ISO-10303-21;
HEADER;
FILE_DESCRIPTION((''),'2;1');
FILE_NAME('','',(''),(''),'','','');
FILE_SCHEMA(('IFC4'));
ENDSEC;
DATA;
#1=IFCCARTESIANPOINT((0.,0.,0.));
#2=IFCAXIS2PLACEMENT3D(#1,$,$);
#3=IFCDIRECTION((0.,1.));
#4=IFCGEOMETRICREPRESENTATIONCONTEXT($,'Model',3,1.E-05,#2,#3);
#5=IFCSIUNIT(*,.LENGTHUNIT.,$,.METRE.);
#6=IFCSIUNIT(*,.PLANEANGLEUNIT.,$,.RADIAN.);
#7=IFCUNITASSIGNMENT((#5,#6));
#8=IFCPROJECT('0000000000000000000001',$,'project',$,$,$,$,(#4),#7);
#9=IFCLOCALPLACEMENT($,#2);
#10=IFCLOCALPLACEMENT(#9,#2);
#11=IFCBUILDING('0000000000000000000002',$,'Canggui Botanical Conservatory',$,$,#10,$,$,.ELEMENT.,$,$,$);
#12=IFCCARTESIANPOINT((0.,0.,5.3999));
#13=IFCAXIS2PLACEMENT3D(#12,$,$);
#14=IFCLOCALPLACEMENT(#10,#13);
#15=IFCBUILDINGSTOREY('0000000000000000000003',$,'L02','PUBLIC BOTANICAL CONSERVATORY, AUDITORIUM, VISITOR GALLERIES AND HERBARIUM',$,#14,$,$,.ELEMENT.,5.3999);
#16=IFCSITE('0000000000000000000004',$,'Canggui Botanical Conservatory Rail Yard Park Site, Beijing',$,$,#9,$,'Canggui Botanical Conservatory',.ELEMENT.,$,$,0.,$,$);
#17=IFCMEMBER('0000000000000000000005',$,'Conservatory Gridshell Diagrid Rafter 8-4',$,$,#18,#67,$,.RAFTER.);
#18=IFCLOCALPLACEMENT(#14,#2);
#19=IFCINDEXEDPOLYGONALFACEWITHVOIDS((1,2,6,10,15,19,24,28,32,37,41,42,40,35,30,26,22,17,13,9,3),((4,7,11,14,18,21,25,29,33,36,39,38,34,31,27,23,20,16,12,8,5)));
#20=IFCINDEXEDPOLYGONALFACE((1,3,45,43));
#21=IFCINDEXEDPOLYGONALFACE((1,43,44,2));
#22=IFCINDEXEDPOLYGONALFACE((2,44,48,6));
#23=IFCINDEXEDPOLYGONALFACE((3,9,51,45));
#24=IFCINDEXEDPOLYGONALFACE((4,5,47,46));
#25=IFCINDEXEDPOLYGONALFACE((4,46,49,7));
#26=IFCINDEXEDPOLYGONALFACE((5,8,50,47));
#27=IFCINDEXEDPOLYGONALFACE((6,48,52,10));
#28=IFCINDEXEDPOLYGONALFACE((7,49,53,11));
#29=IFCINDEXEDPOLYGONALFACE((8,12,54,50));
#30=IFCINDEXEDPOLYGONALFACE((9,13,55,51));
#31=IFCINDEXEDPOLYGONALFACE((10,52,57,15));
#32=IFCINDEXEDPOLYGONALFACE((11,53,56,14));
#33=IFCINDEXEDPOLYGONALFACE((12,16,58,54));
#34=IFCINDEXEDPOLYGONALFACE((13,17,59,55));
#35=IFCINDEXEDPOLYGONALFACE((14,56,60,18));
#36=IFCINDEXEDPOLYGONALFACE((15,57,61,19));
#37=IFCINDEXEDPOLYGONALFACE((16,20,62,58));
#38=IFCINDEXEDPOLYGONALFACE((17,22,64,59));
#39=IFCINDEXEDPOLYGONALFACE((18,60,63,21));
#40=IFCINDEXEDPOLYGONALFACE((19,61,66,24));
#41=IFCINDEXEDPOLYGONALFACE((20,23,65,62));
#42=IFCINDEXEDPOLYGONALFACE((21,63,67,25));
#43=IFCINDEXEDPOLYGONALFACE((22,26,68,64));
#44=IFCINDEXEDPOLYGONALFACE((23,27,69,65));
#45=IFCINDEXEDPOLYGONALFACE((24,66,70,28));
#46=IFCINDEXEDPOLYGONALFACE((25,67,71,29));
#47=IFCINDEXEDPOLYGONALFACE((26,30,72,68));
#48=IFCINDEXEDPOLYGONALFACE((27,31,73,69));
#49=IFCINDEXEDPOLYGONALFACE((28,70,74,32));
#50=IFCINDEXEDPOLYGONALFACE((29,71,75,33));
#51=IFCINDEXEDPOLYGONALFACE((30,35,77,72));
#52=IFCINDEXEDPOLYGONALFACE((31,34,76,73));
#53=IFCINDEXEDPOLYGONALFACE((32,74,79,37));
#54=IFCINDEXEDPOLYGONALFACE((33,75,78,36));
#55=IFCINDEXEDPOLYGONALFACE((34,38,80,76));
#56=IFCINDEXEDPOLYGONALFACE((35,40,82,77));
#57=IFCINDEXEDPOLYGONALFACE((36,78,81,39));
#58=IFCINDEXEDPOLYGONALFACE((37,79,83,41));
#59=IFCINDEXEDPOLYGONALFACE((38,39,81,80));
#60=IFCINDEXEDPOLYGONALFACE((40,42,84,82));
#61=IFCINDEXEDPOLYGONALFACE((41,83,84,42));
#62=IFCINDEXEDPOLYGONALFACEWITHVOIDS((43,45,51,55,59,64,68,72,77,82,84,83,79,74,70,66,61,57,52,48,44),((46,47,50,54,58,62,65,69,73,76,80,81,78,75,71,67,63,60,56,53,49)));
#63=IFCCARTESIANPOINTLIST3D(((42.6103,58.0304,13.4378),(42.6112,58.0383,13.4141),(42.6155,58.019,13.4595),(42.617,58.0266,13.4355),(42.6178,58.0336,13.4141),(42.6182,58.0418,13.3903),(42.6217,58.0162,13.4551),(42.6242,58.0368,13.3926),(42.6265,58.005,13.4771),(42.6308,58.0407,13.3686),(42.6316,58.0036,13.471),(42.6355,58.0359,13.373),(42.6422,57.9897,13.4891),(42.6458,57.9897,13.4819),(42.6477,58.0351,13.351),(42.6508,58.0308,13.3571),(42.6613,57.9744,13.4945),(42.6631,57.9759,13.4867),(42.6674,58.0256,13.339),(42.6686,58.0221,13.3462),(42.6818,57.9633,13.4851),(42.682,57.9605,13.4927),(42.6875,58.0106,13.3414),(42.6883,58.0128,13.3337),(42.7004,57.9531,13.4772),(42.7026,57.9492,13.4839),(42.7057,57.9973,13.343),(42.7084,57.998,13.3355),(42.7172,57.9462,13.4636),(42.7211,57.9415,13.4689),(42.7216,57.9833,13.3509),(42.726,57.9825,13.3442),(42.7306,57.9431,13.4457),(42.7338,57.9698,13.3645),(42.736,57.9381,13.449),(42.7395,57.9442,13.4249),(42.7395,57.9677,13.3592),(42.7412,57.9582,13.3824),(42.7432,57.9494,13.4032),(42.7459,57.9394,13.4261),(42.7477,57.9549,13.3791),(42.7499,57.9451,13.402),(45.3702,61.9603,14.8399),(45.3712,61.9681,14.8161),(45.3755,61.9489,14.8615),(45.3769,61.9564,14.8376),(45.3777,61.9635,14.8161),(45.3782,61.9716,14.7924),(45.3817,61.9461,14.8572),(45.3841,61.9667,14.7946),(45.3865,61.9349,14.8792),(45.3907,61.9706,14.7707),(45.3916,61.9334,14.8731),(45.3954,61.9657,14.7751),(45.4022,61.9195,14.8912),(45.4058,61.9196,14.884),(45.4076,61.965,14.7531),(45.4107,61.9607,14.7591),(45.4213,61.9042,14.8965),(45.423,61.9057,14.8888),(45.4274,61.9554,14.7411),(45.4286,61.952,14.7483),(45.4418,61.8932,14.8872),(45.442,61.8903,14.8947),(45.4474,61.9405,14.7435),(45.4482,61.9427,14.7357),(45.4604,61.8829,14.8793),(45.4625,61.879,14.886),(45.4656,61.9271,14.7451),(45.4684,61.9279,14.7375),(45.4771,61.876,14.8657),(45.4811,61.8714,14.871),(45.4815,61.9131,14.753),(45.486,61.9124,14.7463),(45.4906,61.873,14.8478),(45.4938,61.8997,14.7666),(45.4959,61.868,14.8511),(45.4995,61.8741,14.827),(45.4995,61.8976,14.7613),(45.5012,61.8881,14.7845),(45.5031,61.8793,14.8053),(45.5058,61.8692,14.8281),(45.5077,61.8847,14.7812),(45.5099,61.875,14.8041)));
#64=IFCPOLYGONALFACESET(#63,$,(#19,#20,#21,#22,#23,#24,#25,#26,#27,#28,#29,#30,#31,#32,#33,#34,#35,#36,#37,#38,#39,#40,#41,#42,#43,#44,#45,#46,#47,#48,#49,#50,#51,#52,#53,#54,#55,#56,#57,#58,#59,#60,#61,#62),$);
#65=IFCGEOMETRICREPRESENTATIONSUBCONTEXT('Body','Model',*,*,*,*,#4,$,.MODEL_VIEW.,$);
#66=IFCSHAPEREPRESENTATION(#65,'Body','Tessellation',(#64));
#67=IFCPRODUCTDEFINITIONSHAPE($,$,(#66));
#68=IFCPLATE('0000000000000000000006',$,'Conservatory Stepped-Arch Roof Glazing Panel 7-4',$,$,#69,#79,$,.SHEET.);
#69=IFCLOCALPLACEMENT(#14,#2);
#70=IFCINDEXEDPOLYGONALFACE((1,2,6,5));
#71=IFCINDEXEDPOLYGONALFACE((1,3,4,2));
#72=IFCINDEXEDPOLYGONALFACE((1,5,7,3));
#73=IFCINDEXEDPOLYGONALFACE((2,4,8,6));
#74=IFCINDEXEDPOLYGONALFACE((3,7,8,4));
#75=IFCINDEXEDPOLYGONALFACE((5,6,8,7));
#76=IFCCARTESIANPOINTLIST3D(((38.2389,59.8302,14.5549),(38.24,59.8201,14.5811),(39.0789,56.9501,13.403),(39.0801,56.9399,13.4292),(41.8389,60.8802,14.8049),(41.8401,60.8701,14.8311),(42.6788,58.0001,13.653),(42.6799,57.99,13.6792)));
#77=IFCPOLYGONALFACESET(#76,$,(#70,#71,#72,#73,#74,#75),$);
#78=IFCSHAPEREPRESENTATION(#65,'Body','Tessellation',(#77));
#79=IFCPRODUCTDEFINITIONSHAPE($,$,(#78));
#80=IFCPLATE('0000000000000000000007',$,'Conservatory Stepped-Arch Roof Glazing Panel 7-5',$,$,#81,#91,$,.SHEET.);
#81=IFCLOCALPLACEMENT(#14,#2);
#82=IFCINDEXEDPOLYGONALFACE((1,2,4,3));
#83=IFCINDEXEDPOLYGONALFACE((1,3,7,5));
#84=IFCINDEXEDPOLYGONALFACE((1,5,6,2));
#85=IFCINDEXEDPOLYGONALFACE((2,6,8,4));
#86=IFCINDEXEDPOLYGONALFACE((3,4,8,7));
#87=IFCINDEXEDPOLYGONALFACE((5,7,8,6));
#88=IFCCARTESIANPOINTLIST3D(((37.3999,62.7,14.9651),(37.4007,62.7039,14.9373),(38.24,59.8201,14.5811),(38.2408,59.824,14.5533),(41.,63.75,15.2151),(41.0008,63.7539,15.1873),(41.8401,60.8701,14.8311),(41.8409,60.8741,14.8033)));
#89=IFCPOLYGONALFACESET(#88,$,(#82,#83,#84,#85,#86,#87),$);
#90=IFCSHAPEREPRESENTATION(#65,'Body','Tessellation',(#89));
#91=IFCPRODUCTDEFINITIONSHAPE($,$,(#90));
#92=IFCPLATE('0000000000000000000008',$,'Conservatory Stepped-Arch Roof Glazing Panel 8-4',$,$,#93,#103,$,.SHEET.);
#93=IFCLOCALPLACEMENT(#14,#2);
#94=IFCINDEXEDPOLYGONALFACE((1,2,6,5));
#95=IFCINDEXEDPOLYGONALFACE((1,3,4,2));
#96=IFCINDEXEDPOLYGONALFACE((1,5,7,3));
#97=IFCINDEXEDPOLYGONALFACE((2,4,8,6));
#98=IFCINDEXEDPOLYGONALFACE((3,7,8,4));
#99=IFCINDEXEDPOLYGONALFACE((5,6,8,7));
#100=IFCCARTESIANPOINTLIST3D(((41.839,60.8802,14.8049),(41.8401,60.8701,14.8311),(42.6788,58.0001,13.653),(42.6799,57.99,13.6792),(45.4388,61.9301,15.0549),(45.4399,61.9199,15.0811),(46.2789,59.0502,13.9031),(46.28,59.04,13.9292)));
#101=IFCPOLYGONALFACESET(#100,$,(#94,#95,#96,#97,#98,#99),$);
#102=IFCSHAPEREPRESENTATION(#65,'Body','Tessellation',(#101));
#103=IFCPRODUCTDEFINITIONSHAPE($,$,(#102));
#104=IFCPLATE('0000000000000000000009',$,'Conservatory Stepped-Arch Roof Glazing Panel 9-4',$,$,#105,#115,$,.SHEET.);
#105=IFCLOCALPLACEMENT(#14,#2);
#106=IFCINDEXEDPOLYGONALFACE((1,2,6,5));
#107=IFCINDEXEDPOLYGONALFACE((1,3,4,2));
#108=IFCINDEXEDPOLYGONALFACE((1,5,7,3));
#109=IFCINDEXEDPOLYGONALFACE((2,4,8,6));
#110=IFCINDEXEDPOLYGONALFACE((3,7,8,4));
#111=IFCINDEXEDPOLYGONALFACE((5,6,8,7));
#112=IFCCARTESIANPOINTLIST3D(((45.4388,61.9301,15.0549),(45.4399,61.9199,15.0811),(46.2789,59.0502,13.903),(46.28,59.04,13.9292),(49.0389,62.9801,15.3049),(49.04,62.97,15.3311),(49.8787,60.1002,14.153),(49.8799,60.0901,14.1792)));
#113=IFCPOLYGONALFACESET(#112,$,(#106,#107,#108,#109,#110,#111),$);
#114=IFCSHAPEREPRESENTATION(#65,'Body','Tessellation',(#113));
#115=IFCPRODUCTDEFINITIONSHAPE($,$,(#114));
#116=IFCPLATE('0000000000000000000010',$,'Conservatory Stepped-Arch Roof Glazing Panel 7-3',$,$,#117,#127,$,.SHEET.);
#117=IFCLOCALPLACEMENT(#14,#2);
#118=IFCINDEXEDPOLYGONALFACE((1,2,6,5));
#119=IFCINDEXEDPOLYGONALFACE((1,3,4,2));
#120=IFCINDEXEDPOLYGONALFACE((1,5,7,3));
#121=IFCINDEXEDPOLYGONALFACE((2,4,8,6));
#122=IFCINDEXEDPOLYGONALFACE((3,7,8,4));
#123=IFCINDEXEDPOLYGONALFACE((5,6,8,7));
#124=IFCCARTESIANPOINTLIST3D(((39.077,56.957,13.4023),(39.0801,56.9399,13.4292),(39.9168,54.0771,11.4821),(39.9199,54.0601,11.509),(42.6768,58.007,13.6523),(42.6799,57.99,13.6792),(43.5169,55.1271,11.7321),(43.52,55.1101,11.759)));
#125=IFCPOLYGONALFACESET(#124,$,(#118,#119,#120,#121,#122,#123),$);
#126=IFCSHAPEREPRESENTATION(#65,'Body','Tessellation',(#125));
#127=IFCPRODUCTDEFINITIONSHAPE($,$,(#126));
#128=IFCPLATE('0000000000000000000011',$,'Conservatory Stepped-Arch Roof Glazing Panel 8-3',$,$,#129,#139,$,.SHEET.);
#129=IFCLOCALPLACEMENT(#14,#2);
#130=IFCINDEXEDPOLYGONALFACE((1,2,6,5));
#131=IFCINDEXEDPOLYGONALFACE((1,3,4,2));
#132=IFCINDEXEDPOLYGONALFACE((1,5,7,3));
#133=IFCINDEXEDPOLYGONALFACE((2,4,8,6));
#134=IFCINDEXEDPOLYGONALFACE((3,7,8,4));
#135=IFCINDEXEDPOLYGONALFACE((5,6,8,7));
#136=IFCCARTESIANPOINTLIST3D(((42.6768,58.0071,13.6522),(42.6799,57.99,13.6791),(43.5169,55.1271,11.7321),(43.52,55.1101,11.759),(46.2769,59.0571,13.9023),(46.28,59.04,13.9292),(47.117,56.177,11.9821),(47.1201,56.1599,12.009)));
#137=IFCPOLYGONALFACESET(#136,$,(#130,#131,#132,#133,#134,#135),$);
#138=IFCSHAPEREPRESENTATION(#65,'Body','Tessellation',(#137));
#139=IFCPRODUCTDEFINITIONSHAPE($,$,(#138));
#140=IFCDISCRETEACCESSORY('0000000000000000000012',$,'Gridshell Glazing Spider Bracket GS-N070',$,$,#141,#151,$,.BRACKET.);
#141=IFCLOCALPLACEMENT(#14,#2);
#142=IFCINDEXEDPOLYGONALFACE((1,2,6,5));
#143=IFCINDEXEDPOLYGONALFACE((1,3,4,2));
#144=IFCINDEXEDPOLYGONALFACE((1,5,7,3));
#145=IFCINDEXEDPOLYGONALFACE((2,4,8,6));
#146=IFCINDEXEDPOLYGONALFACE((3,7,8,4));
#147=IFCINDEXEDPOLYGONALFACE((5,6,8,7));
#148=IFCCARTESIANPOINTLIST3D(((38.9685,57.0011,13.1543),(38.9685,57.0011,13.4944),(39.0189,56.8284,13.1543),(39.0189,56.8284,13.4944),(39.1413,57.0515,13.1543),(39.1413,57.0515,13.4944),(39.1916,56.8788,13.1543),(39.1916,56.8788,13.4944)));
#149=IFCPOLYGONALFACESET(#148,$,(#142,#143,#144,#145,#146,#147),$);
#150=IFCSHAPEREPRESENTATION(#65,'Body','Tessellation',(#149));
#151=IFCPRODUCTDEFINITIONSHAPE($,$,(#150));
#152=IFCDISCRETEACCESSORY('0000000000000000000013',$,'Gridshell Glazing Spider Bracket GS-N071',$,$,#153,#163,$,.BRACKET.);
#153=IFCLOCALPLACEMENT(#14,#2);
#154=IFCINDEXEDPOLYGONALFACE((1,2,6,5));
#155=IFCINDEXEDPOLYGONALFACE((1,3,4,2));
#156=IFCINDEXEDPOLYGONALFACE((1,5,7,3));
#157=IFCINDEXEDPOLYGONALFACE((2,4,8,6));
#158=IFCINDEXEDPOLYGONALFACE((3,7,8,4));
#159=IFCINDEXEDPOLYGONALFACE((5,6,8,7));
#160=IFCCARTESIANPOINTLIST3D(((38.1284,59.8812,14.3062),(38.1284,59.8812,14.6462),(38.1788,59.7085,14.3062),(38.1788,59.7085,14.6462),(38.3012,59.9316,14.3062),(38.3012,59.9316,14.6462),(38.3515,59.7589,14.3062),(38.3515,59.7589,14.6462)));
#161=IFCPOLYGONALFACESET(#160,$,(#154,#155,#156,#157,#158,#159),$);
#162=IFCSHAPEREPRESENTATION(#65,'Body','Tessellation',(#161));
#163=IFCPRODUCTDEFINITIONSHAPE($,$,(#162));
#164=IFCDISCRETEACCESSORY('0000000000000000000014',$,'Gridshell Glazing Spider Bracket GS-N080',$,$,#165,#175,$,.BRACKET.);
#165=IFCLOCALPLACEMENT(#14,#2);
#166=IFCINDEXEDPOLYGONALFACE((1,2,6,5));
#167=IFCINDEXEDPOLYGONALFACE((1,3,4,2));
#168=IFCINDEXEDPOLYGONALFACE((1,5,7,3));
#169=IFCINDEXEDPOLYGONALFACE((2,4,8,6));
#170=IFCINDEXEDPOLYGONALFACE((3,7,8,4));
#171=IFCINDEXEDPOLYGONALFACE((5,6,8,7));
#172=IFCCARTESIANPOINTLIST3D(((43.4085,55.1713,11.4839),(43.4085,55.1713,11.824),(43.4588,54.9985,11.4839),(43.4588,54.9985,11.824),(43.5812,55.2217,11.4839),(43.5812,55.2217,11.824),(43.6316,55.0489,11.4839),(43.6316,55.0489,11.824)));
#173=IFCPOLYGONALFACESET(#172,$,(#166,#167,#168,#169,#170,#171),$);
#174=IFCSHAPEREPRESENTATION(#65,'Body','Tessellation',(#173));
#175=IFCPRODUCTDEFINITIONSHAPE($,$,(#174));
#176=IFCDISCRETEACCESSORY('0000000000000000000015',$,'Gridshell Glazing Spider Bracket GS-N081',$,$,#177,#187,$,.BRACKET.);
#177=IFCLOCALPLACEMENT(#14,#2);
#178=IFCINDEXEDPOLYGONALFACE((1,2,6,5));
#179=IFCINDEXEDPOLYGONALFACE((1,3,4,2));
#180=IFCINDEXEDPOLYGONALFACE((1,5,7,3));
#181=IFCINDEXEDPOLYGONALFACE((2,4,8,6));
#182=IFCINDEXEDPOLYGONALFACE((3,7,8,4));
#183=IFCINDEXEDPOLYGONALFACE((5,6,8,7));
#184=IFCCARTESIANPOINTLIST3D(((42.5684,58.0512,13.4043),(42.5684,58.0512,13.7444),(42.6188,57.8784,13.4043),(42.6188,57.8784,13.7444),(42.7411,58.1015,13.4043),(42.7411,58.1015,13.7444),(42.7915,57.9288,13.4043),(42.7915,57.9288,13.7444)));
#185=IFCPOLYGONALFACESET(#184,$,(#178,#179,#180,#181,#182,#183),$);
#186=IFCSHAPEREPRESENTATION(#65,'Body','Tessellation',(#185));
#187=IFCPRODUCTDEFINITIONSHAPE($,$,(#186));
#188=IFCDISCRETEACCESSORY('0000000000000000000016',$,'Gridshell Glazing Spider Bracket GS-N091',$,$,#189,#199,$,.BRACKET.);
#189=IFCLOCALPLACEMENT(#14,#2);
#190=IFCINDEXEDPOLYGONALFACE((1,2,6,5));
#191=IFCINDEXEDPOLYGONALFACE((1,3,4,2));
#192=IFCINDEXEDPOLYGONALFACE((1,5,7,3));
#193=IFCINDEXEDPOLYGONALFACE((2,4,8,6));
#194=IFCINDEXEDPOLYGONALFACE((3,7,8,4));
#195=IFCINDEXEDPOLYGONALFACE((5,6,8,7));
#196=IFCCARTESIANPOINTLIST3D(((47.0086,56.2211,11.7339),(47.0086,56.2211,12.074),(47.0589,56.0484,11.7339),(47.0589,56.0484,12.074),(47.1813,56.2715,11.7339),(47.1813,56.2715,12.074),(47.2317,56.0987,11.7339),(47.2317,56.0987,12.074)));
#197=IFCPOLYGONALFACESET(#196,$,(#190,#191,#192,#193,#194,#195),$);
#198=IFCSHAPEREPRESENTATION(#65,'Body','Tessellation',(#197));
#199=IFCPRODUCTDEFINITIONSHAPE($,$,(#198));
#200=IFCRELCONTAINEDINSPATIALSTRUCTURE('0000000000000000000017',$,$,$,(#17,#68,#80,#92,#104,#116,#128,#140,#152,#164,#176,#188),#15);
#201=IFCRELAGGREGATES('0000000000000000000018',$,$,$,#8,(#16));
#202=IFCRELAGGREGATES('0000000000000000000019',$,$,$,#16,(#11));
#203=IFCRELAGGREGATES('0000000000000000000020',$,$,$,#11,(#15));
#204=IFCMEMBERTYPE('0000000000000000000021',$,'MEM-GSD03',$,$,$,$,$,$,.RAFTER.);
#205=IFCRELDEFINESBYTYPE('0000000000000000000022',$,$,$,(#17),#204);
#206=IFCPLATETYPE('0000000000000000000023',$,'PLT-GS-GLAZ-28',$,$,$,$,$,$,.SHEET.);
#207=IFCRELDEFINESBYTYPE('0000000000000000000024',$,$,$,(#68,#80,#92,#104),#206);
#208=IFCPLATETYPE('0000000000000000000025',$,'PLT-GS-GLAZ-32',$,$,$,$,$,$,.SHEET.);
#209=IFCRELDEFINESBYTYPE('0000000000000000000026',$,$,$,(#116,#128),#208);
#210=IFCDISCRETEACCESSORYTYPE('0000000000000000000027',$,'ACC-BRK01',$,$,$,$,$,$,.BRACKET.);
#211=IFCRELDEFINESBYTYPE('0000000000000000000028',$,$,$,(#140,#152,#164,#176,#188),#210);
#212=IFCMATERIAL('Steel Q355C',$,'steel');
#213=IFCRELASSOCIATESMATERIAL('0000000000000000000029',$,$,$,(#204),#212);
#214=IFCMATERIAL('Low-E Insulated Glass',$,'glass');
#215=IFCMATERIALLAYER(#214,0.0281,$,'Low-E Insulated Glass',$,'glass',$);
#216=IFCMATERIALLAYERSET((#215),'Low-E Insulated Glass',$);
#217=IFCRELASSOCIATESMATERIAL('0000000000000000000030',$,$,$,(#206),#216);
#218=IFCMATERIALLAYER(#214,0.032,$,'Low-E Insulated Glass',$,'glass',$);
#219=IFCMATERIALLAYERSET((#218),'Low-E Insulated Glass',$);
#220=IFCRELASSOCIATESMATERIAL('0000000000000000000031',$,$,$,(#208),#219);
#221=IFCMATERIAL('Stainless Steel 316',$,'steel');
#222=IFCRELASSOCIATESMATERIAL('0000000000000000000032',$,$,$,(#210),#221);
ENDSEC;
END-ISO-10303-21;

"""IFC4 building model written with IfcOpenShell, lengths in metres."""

from ifc_helpers import new_model, si_unit, direction, frame, origin, origin_2d, place, context, subcontext, project, spatial, polyline, rectangle, hollow_circle, outline, extrude, material, layer, layer_set, material_profile, profile_set, type_object, element, save


model = new_model("IFC4")

# Units and contexts
model_context = context("Model", 3, precision=1e-05, world=origin(), true_north=direction((0.0, 1.0)))
body_context = subcontext(model_context, "Body", "Model", "MODEL_VIEW")
ifc_project = project(units=[si_unit("LENGTHUNIT", "METRE"), si_unit("PLANEANGLEUNIT", "RADIAN")], contexts=[model_context])

# Site, building, storey
site_placement = place(None, origin())
site = spatial("IfcSite", under=ifc_project, at=site_placement, Name="Canggui Botanical Conservatory Rail Yard Park Site, Beijing", LongName="Canggui Botanical Conservatory", CompositionType="ELEMENT", RefElevation=0.0)
building_placement = place(site_placement, origin())
building = spatial("IfcBuilding", under=site, at=building_placement, Name="Canggui Botanical Conservatory", CompositionType="ELEMENT")
storey_placement = place(building_placement, frame((0.0, 0.0, 5.3999)))
storey = spatial("IfcBuildingStorey", under=building, at=storey_placement, Name="L02", Description="PUBLIC BOTANICAL CONSERVATORY, AUDITORIUM, VISITOR GALLERIES AND HERBARIUM", CompositionType="ELEMENT", Elevation=5.3999)

# Shared definitions
ifc_material_1 = material(Name="Steel Q355C", Category="steel")

# Member
ifc_material_profile_1 = material_profile(ifc_material_1, hollow_circle(Radius=0.084, WallThickness=0.0081, at=origin_2d()), Name="CHS 168x8")
ifc_profile_set_1 = profile_set([ifc_material_profile_1], Name="Steel Q355C")
member_type_1 = type_object("IfcMemberType", Name="MEM-GSD03", PredefinedType="RAFTER", material=ifc_profile_set_1)
member_1_placement = place(storey_placement, frame((42.6799, 57.99, 13.4141), z_axis=(0.551694, 0.785548, 0.280264), x_axis=(-0.818345, 0.574728, 0.0)))
element("IfcMember", 1, at=member_1_placement, inside=storey, type_object=member_type_1, Name="Conservatory Gridshell Diagrid Rafter 8-4", PredefinedType="RAFTER", context=body_context, shape_type="SweptSolid", body=[
    extrude(hollow_circle(Radius=0.084, WallThickness=0.0081, at=origin_2d()), origin(), (0.0, 0.0, 1.0), 5.0027),
])

# Plates
ifc_material_2 = material(Name="Low-E Insulated Glass", Category="glass")
ifc_layer_1 = layer(ifc_material_2, 0.0281, Name="Low-E Insulated Glass", Category="glass")
ifc_layer_set_1 = layer_set([ifc_layer_1], Name="Low-E Insulated Glass")
plate_type_1 = type_object("IfcPlateType", Name="PLT-GS-GLAZ-28", PredefinedType="SHEET", material=ifc_layer_set_1)
plate_1_placement = place(storey_placement, frame((39.0801, 56.9399, 13.4292), z_axis=(0.040538, -0.360816, 0.931755), x_axis=(0.957867, 0.279402, 0.066522)))
element("IfcPlate", 2, at=plate_1_placement, inside=storey, type_object=plate_type_1, Name="Conservatory Stepped-Arch Roof Glazing Panel 7-4", PredefinedType="SHEET", context=body_context, shape_type="SweptSolid", body=[
    extrude(outline(polyline([(0.0, 0.0), (3.7582, 0.0), (3.8351, 3.2127), (0.0766, 3.2128), (0.0, 0.0)])), origin(), (0.0, 0.0, -1.0), 0.0281),
])
plate_2_placement = place(storey_placement, frame((38.24, 59.8201, 14.5811), z_axis=(-0.027864, -0.140111, 0.989744), x_axis=(0.957872, 0.279385, 0.066517)))
element("IfcPlate", 3, at=plate_2_placement, inside=storey, type_object=plate_type_1, Name="Conservatory Stepped-Arch Roof Glazing Panel 7-5", PredefinedType="SHEET", context=body_context, shape_type="SweptSolid", body=[
    extrude(outline(polyline([(0.0, 0.0), (3.7584, 0.0), (3.7839, 3.0243), (0.0254, 3.0243), (0.0, 0.0)])), origin(), (0.0, 0.0, -1.0), 0.0281),
])
plate_3_placement = place(storey_placement, frame((42.6799, 57.99, 13.6792), z_axis=(0.040531, -0.360832, 0.93175), x_axis=(0.957873, 0.279381, 0.066527)))
element("IfcPlate", 4, at=plate_3_placement, inside=storey, type_object=plate_type_1, Name="Conservatory Stepped-Arch Roof Glazing Panel 8-4", PredefinedType="SHEET", context=body_context, shape_type="SweptSolid", body=[
    extrude(outline(polyline([(0.0, 0.0), (3.7584, 0.0), (3.8349, 3.2125), (0.0768, 3.2127), (0.0, 0.0)])), origin(), (0.0, 0.0, -1.0), 0.0281),
])
plate_4_placement = place(storey_placement, frame((46.28, 59.04, 13.9292), z_axis=(0.040546, -0.360841, 0.931746), x_axis=(0.957867, 0.279402, 0.066522)))
element("IfcPlate", 5, at=plate_4_placement, inside=storey, type_object=plate_type_1, Name="Conservatory Stepped-Arch Roof Glazing Panel 9-4", PredefinedType="SHEET", context=body_context, shape_type="SweptSolid", body=[
    extrude(outline(polyline([(0.0, 0.0), (3.7582, 0.0), (3.835, 3.2125), (0.0766, 3.2125), (0.0, 0.0)])), origin(), (0.0, 0.0, -1.0), 0.0281),
])
ifc_layer_2 = layer(ifc_material_2, 0.032, Name="Low-E Insulated Glass", Category="glass")
ifc_layer_set_2 = layer_set([ifc_layer_2], Name="Low-E Insulated Glass")
plate_type_2 = type_object("IfcPlateType", Name="PLT-GS-GLAZ-32", PredefinedType="SHEET", material=ifc_layer_set_2)
plate_5_placement = place(storey_placement, frame((39.9199, 54.0601, 11.509), z_axis=(0.0969, -0.53242, 0.840916), x_axis=(0.957872, 0.279387, 0.066514)))
element("IfcPlate", 6, at=plate_5_placement, inside=storey, type_object=plate_type_2, Name="Conservatory Stepped-Arch Roof Glazing Panel 7-3", PredefinedType="SHEET", context=body_context, shape_type="SweptSolid", body=[
    extrude(outline(polyline([(0.0, 0.0), (3.7584, 0.0), (3.8861, 3.5595), (0.1279, 3.5595), (0.0, 0.0)])), origin(), (0.0, 0.0, -1.0), 0.032),
])
plate_6_placement = place(storey_placement, frame((43.52, 55.1101, 11.759), z_axis=(0.096874, -0.532407, 0.840927), x_axis=(0.957888, 0.279334, 0.066504)))
element("IfcPlate", 7, at=plate_6_placement, inside=storey, type_object=plate_type_2, Name="Conservatory Stepped-Arch Roof Glazing Panel 8-3", PredefinedType="SHEET", context=body_context, shape_type="SweptSolid", body=[
    extrude(outline(polyline([(0.0, 0.0), (3.7584, 0.0), (3.8859, 3.5597), (0.1274, 3.5595), (0.0, 0.0)])), origin(), (0.0, 0.0, -1.0), 0.032),
])

# Discrete accessories
ifc_material_3 = material(Name="Stainless Steel 316", Category="steel")
discrete_accessory_type_1 = type_object("IfcDiscreteAccessoryType", Name="ACC-BRK01", PredefinedType="BRACKET", material=ifc_material_3)
for number, where, z_axis, x_axis, name in (
    (8, (39.0801, 56.9399, 13.1543), (0.0, 0.0, 1.0), (0.96, 0.28, 0.0), "Gridshell Glazing Spider Bracket GS-N070"),
    (9, (38.24, 59.8201, 14.3062), (0.0, 0.0, 1.0), (0.96, 0.28, 0.0), "Gridshell Glazing Spider Bracket GS-N071"),
    (10, (43.52, 55.1101, 11.4839), (0.0, 0.0, 1.0), (0.96, 0.28, 0.0), "Gridshell Glazing Spider Bracket GS-N080"),
    (11, (42.6799, 57.99, 13.4043), (0.0, 0.0, 1.0), (0.96, 0.28, 0.0), "Gridshell Glazing Spider Bracket GS-N081"),
    (12, (47.1201, 56.1599, 11.7339), (0.0, 0.0, 1.0), (0.96, 0.28, 0.0), "Gridshell Glazing Spider Bracket GS-N091"),
):
    element("IfcDiscreteAccessory", number, at=place(storey_placement, frame(where, z_axis=z_axis, x_axis=x_axis)), inside=storey, type_object=discrete_accessory_type_1, Name=name, PredefinedType="BRACKET", context=body_context, shape_type="SweptSolid", body=[
        extrude(rectangle(XDim=0.1799, YDim=0.1799, at=origin_2d()), origin(), (0.0, 0.0, 1.0), 0.3401),
    ])

save(model, "model.ifc")
